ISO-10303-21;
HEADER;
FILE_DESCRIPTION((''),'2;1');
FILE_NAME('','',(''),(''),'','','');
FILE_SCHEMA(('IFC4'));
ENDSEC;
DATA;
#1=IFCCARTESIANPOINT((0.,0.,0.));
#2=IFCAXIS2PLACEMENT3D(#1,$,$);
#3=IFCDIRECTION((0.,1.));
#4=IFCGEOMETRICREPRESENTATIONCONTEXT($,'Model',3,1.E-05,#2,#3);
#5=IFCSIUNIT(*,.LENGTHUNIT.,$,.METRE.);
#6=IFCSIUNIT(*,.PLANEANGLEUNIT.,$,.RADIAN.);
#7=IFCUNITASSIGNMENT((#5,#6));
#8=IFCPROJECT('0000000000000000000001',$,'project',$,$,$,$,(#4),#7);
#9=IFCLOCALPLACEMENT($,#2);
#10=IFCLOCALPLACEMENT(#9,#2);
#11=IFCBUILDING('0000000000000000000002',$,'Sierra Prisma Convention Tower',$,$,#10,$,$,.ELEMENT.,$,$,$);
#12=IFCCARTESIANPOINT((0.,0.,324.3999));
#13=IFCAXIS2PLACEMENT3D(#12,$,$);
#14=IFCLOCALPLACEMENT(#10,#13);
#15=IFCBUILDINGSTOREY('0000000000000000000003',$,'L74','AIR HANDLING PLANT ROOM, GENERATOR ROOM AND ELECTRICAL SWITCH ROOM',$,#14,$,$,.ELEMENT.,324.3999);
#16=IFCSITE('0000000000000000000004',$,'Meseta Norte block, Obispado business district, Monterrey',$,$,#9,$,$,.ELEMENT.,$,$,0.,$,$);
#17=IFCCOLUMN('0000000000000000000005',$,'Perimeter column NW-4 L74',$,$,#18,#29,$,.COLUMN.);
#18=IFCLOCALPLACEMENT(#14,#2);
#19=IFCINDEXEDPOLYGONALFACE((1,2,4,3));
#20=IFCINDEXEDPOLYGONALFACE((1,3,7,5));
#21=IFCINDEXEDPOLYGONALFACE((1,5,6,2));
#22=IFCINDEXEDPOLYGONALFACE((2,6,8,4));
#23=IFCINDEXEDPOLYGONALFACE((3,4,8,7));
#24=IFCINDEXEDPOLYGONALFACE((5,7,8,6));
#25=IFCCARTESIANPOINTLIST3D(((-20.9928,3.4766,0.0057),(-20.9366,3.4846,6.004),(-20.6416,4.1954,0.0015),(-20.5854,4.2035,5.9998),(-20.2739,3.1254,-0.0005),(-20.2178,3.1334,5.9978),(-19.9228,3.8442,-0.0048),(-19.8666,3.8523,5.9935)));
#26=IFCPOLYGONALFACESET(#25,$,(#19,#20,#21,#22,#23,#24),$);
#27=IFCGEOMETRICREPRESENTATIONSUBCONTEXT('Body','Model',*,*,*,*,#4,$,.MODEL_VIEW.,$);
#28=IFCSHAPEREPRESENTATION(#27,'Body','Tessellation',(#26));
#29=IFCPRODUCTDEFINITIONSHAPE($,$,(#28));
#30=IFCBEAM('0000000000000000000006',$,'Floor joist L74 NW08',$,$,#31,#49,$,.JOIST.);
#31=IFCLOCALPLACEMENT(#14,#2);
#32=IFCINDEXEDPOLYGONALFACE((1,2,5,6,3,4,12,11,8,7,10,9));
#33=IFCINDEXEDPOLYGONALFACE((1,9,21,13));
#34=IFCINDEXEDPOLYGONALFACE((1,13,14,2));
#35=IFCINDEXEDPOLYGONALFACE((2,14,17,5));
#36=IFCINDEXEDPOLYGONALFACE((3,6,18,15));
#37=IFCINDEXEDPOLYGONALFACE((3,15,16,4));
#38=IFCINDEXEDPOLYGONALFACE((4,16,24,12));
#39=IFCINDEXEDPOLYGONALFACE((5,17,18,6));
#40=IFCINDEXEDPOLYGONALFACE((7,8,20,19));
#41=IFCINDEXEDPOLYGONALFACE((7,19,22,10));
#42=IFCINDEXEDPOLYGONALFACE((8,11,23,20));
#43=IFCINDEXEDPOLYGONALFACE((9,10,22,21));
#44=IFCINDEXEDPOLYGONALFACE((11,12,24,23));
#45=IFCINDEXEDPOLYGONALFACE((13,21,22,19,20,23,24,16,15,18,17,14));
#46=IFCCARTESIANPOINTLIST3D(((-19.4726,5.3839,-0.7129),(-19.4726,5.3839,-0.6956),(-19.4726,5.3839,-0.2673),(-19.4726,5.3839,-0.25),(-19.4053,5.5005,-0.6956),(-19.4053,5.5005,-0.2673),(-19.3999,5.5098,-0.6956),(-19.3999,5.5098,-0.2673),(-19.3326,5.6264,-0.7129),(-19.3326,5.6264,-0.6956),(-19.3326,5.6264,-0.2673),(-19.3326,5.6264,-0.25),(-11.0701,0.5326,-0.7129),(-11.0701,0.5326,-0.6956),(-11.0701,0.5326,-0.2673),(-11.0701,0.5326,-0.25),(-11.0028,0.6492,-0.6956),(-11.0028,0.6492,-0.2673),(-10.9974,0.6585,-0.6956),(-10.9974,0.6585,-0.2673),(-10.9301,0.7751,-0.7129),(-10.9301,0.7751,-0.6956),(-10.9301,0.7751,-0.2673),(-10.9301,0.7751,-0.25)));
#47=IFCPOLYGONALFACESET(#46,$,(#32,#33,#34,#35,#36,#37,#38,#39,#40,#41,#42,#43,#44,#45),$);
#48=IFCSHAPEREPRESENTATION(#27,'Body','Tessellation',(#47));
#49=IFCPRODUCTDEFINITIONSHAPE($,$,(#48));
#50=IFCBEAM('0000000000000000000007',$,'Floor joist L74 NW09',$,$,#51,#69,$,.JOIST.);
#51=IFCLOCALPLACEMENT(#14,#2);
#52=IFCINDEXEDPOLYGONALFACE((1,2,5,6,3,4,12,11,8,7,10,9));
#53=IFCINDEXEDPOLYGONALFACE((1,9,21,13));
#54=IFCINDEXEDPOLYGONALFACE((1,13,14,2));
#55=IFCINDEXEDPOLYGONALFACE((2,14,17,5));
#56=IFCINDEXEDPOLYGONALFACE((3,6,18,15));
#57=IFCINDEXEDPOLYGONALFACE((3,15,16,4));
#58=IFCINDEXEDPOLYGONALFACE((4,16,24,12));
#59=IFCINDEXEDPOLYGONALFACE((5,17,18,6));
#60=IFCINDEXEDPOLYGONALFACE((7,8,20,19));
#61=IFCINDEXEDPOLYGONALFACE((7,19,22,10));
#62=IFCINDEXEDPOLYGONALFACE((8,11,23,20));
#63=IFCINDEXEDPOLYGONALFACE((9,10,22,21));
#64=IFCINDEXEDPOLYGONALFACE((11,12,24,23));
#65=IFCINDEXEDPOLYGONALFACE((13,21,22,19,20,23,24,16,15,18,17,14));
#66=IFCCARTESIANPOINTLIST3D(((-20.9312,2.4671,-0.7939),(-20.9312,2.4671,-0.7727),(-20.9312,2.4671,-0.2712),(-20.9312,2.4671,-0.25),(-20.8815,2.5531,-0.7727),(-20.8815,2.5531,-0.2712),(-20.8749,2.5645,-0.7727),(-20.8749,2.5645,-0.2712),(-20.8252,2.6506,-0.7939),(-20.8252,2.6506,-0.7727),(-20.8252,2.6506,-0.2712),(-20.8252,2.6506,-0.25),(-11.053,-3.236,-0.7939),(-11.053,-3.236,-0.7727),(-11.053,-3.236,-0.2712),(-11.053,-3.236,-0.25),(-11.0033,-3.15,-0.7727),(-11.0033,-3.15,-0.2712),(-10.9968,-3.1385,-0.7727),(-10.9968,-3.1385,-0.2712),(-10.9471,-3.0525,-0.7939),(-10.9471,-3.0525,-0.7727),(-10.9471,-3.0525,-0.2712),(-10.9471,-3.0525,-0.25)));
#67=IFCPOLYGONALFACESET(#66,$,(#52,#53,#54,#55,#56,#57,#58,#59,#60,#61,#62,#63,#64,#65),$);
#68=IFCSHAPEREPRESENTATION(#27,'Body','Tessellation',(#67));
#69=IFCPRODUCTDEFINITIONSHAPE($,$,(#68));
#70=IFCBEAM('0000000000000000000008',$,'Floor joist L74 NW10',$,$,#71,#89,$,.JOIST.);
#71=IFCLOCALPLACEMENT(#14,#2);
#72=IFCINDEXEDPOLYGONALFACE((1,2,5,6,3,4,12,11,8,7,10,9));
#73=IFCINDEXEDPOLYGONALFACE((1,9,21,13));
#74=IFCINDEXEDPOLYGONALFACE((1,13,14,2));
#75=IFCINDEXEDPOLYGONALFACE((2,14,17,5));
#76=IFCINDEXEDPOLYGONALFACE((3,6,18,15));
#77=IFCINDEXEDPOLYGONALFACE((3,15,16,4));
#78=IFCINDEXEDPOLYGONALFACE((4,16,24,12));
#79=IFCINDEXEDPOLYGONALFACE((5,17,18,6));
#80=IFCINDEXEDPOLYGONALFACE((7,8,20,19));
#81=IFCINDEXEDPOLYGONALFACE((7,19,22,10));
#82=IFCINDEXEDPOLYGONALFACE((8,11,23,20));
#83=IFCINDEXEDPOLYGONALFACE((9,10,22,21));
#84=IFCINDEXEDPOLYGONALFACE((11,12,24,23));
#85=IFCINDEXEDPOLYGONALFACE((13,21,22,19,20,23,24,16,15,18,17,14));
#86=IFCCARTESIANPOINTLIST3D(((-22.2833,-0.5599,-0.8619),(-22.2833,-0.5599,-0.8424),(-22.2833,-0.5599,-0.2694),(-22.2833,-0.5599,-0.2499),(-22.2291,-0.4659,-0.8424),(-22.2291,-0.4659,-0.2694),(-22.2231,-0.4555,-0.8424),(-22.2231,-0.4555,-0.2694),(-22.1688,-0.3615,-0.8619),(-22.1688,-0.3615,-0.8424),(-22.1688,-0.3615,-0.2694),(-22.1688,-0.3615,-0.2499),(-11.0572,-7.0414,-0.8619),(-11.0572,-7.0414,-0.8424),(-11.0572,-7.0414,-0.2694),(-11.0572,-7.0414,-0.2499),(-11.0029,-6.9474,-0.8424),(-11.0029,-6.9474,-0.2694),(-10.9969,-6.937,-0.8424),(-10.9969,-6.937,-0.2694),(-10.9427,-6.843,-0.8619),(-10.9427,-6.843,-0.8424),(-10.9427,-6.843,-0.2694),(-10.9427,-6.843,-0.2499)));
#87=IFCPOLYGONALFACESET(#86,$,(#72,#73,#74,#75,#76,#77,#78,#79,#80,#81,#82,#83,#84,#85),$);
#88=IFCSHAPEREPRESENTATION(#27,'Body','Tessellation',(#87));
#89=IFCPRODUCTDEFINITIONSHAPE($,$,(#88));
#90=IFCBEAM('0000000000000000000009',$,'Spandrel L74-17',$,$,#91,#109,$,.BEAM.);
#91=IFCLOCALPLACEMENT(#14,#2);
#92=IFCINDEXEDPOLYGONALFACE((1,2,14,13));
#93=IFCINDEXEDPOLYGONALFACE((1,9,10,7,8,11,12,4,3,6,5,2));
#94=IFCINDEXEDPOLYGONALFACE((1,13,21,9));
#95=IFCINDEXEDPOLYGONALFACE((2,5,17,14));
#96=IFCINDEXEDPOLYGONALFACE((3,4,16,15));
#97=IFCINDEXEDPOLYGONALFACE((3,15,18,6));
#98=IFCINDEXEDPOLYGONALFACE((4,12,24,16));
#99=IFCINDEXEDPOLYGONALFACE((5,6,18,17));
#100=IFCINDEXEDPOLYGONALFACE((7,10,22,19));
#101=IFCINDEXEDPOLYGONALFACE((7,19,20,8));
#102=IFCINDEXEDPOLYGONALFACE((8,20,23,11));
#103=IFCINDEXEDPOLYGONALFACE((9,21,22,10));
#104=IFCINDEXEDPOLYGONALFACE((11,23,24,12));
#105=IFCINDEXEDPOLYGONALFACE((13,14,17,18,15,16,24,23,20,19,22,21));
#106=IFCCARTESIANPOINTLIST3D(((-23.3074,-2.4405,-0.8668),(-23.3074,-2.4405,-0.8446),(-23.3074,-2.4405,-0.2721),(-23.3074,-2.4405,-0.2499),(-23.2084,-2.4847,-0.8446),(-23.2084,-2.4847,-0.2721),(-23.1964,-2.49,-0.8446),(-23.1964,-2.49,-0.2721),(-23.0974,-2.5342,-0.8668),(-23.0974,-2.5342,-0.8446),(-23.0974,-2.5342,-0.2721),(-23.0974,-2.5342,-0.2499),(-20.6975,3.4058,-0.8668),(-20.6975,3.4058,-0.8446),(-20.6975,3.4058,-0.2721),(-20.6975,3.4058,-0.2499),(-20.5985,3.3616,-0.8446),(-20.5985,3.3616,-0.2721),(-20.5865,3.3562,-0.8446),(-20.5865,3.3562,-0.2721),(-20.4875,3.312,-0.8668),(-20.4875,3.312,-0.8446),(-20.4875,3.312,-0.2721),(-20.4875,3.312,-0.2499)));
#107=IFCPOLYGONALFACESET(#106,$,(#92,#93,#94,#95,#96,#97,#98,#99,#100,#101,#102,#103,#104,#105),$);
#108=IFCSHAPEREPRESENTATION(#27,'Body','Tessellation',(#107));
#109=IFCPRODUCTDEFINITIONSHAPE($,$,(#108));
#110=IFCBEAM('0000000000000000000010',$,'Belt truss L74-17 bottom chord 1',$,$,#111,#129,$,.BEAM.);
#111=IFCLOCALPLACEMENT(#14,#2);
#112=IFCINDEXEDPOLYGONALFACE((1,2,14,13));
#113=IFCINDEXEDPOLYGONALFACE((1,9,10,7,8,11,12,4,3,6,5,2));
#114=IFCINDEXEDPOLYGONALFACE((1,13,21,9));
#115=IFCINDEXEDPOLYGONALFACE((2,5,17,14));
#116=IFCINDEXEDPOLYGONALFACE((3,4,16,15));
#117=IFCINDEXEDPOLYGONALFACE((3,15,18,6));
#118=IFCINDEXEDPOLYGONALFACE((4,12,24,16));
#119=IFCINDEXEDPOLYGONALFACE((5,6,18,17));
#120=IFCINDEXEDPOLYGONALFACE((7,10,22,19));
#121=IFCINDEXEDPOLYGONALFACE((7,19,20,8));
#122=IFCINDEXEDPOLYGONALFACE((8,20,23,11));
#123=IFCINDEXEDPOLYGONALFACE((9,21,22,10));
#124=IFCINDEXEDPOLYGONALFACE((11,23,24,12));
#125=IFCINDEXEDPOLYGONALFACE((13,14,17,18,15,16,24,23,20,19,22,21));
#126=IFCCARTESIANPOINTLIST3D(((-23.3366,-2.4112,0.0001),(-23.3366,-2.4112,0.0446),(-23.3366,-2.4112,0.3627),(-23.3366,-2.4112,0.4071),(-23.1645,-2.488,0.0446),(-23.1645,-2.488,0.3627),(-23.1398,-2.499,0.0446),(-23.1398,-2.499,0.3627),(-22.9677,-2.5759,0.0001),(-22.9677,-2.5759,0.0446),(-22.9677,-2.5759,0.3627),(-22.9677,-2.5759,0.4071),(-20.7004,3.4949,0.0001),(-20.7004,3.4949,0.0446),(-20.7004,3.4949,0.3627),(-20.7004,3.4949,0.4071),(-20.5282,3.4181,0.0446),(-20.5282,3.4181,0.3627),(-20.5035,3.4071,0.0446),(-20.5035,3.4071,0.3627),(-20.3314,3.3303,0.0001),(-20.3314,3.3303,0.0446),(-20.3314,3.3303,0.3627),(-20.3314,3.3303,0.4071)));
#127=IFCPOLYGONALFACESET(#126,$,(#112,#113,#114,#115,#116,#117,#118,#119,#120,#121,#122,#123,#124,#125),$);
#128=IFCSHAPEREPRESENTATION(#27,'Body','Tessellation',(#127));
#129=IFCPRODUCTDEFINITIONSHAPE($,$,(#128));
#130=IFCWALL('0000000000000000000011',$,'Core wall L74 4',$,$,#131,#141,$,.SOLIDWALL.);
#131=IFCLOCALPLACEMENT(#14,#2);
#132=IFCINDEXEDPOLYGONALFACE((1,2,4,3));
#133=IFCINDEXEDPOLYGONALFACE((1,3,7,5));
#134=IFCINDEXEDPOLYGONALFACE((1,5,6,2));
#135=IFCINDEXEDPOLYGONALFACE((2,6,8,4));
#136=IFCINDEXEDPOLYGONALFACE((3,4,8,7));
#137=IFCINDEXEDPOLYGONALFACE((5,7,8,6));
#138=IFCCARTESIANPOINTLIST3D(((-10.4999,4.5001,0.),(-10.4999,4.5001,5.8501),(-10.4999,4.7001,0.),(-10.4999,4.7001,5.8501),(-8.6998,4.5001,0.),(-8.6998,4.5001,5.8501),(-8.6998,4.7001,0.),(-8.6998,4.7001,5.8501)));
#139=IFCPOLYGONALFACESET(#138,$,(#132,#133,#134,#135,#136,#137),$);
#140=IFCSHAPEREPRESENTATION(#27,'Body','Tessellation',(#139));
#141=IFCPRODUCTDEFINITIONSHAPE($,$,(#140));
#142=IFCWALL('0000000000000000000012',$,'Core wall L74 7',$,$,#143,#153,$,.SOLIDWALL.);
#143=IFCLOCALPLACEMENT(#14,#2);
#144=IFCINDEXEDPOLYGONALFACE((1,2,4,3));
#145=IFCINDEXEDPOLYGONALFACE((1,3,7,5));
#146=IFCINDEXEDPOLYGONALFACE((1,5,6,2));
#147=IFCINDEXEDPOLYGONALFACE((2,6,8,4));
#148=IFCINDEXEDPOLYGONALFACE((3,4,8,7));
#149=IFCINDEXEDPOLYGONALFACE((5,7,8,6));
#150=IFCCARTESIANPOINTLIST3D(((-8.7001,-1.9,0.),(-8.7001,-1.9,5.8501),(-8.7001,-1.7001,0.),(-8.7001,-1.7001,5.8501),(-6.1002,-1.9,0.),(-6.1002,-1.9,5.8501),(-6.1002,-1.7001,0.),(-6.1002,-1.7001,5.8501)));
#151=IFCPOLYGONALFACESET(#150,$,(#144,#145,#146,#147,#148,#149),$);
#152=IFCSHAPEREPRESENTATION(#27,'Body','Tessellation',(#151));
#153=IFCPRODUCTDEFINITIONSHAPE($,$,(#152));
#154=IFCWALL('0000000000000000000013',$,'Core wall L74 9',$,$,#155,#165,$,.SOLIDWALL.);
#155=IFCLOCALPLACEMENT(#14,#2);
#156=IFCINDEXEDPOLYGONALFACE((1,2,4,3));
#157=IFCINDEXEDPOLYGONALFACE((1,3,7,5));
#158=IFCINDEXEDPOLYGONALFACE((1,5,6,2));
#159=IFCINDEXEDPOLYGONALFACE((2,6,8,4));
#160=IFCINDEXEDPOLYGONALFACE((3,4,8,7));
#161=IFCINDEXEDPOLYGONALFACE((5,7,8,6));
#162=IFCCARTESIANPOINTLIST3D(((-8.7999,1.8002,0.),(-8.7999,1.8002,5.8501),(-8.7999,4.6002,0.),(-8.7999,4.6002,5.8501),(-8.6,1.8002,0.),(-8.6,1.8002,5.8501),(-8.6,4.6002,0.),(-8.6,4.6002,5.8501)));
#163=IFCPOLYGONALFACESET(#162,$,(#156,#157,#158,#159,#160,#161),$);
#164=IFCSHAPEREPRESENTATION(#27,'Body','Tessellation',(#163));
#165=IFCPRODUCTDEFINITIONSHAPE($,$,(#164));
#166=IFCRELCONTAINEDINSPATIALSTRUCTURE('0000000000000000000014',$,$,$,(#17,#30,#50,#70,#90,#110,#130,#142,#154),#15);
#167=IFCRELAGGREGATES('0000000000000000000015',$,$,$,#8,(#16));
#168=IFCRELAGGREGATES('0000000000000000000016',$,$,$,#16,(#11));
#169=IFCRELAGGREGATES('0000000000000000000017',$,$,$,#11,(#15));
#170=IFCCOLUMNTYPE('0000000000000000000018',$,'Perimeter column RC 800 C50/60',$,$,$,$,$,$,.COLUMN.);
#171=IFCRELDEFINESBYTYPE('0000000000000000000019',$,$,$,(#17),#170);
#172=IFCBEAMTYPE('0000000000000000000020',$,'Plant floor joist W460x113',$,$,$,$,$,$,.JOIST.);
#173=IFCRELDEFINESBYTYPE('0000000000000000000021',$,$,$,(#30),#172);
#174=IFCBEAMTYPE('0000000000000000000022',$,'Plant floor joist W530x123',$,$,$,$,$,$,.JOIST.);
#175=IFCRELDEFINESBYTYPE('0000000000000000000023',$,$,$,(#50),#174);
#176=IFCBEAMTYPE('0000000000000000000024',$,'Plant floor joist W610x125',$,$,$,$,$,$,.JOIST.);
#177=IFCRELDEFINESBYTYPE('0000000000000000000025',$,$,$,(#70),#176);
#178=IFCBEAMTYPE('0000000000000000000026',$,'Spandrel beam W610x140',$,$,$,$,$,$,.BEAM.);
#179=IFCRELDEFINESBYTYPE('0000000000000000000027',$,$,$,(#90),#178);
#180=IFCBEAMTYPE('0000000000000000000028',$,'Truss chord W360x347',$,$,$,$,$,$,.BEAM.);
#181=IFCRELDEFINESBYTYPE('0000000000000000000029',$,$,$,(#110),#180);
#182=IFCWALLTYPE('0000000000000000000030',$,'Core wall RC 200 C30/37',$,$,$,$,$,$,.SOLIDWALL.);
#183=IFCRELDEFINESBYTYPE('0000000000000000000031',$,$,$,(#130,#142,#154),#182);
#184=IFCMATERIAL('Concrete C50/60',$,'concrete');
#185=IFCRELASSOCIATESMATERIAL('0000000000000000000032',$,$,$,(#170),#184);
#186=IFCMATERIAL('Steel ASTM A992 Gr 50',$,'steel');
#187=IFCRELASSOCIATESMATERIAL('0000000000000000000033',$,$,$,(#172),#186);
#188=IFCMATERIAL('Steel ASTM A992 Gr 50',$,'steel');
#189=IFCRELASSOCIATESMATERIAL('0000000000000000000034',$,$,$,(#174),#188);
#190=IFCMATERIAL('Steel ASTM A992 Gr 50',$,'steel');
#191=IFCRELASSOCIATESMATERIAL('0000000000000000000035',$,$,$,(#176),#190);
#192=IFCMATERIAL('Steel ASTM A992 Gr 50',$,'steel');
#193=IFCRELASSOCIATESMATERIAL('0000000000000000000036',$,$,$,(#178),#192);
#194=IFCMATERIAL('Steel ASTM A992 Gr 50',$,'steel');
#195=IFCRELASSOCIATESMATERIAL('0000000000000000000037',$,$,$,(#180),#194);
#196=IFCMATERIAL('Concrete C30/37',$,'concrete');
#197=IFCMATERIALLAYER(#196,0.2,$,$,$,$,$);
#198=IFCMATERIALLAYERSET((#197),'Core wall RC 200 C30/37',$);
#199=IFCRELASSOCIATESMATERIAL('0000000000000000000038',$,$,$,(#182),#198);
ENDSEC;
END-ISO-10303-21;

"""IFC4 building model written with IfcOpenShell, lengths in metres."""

from ifc_helpers import new_model, si_unit, direction, frame, frame_2d, origin, origin_2d, place, context, subcontext, project, spatial, rectangle, i_section, extrude, clip, halfspace, material, layer, layer_set, material_profile, profile_set, type_object, element, save


model = new_model("IFC4")

# Units and contexts
model_context = context("Model", 3, precision=1e-05, world=origin(), true_north=direction((0.0, 1.0)))
body_context = subcontext(model_context, "Body", "Model", "MODEL_VIEW")
ifc_project = project(units=[si_unit("LENGTHUNIT", "METRE"), si_unit("PLANEANGLEUNIT", "RADIAN")], contexts=[model_context])

# Site, building, storey
site_placement = place(None, origin())
site = spatial("IfcSite", under=ifc_project, at=site_placement, Name="Meseta Norte block, Obispado business district, Monterrey", CompositionType="ELEMENT", RefElevation=0.0)
building_placement = place(site_placement, origin())
building = spatial("IfcBuilding", under=site, at=building_placement, Name="Sierra Prisma Convention Tower", CompositionType="ELEMENT")
storey_placement = place(building_placement, frame((0.0, 0.0, 324.3999)))
storey = spatial("IfcBuildingStorey", under=building, at=storey_placement, Name="L74", Description="AIR HANDLING PLANT ROOM, GENERATOR ROOM AND ELECTRICAL SWITCH ROOM", CompositionType="ELEMENT", Elevation=324.3999)

# Column
ifc_material_1 = material(Name="Concrete C50/60", Category="concrete")
ifc_material_profile_1 = material_profile(ifc_material_1, rectangle(XDim=0.8, YDim=0.8, at=origin_2d()), Name="Perimeter column RC 800 C50/60")
ifc_profile_set_1 = profile_set([ifc_material_profile_1], Name="Concrete C50/60")
column_type = type_object("IfcColumnType", Name="Perimeter column RC 800 C50/60", PredefinedType="COLUMN", material=ifc_profile_set_1)
column_placement = place(storey_placement, frame((-20.4578, 3.6604, 0.0), z_axis=(0.009358, 0.001343, 0.999955), x_axis=(0.438945, 0.898498, -0.005314)))
element("IfcColumn", 1, at=column_placement, inside=storey, type_object=column_type, Name="Perimeter column NW-4 L74", PredefinedType="COLUMN", context=body_context, shape_type="SweptSolid", body=[
    clip(clip(extrude(rectangle(XDim=0.8, YDim=0.8, at=origin_2d()), origin(), (0.0, 0.0, 1.0), 6.0002), halfspace(frame((0.0, 0.0, 0.0005)), True)), halfspace(frame((0.0, 0.0, 5.999)), False)),
])

# Beams
ifc_material_2 = material(Name="Steel ASTM A992 Gr 50", Category="steel")
ifc_material_profile_2 = material_profile(ifc_material_2, i_section(OverallWidth=0.28, OverallDepth=0.4629, WebThickness=0.0107, FlangeThickness=0.0173, at=origin_2d()), Name="W460x113")
ifc_profile_set_2 = profile_set([ifc_material_profile_2], Name="Steel ASTM A992 Gr 50")
beam_type_1 = type_object("IfcBeamType", Name="Plant floor joist W460x113", PredefinedType="JOIST", material=ifc_profile_set_2)
beam_1_placement = place(storey_placement, frame((-19.4026, 5.5051, -0.4814), z_axis=(0.866022, -0.500006, 0.0), x_axis=(0.500006, 0.866022, 0.0)))
element("IfcBeam", 2, at=beam_1_placement, inside=storey, type_object=beam_type_1, Name="Floor joist L74 NW08", PredefinedType="JOIST", context=body_context, shape_type="SweptSolid", body=[
    extrude(i_section(OverallWidth=0.28, OverallDepth=0.4629, WebThickness=0.0107, FlangeThickness=0.0173, at=origin_2d()), origin(), (0.0, 0.0, 1.0), 9.7024),
])
ifc_material_3 = material(Name="Steel ASTM A992 Gr 50", Category="steel")
ifc_material_profile_3 = material_profile(ifc_material_3, i_section(OverallWidth=0.2119, OverallDepth=0.5439, WebThickness=0.0132, FlangeThickness=0.0212, at=origin_2d()), Name="W530x123")
ifc_profile_set_3 = profile_set([ifc_material_profile_3], Name="Steel ASTM A992 Gr 50")
beam_type_2 = type_object("IfcBeamType", Name="Plant floor joist W530x123", PredefinedType="JOIST", material=ifc_profile_set_3)
beam_2_placement = place(storey_placement, frame((-20.8782, 2.5588, -0.522), z_axis=(0.866027, -0.499997, 0.0), x_axis=(0.499997, 0.866027, 0.0)))
element("IfcBeam", 3, at=beam_2_placement, inside=storey, type_object=beam_type_2, Name="Floor joist L74 NW09", PredefinedType="JOIST", context=body_context, shape_type="SweptSolid", body=[
    extrude(i_section(OverallWidth=0.2119, OverallDepth=0.5439, WebThickness=0.0132, FlangeThickness=0.0212, at=origin_2d()), origin(), (0.0, 0.0, 1.0), 11.4062),
])
ifc_material_4 = material(Name="Steel ASTM A992 Gr 50", Category="steel")
ifc_material_profile_4 = material_profile(ifc_material_4, i_section(OverallWidth=0.229, OverallDepth=0.6121, WebThickness=0.012, FlangeThickness=0.0195, at=origin_2d()), Name="W610x125")
ifc_profile_set_4 = profile_set([ifc_material_profile_4], Name="Steel ASTM A992 Gr 50")
beam_type_3 = type_object("IfcBeamType", Name="Plant floor joist W610x125", PredefinedType="JOIST", material=ifc_profile_set_4)
beam_3_placement = place(storey_placement, frame((-22.2261, -0.4607, -0.5559), z_axis=(0.866023, -0.500004, 0.0), x_axis=(0.500004, 0.866023, 0.0)))
element("IfcBeam", 4, at=beam_3_placement, inside=storey, type_object=beam_type_3, Name="Floor joist L74 NW10", PredefinedType="JOIST", context=body_context, shape_type="SweptSolid", body=[
    extrude(i_section(OverallWidth=0.229, OverallDepth=0.6121, WebThickness=0.012, FlangeThickness=0.0195, at=origin_2d()), origin(), (0.0, 0.0, 1.0), 12.9629),
])
ifc_material_5 = material(Name="Steel ASTM A992 Gr 50", Category="steel")
ifc_material_profile_5 = material_profile(ifc_material_5, i_section(OverallWidth=0.23, OverallDepth=0.6169, WebThickness=0.0132, FlangeThickness=0.0222, at=origin_2d()), Name="W610x140")
ifc_profile_set_5 = profile_set([ifc_material_profile_5], Name="Steel ASTM A992 Gr 50")
beam_type_4 = type_object("IfcBeamType", Name="Spandrel beam W610x140", PredefinedType="BEAM", material=ifc_profile_set_5)
beam_4_placement = place(storey_placement, frame((-20.5925, 3.3589, -0.5583), z_axis=(-0.407645, -0.91314, 0.0), x_axis=(0.91314, -0.407645, 0.0)))
element("IfcBeam", 5, at=beam_4_placement, inside=storey, type_object=beam_type_4, Name="Spandrel L74-17", PredefinedType="BEAM", context=body_context, shape_type="SweptSolid", body=[
    extrude(i_section(OverallWidth=0.23, OverallDepth=0.6169, WebThickness=0.0132, FlangeThickness=0.0222, at=origin_2d()), origin(), (0.0, 0.0, 1.0), 6.4023),
])
ifc_material_6 = material(Name="Steel ASTM A992 Gr 50", Category="steel")
ifc_material_profile_6 = material_profile(ifc_material_6, i_section(OverallWidth=0.4041, OverallDepth=0.407, WebThickness=0.0271, FlangeThickness=0.0444, at=origin_2d()), Name="W360x347")
ifc_profile_set_6 = profile_set([ifc_material_profile_6], Name="Steel ASTM A992 Gr 50")
beam_type_5 = type_object("IfcBeamType", Name="Truss chord W360x347", PredefinedType="BEAM", material=ifc_profile_set_6)
beam_5_placement = place(storey_placement, frame((-20.5159, 3.4126, 0.2036), z_axis=(-0.407602, -0.91316, 0.0), x_axis=(0.91316, -0.407602, 0.0)))
element("IfcBeam", 6, at=beam_5_placement, inside=storey, type_object=beam_type_5, Name="Belt truss L74-17 bottom chord 1", PredefinedType="BEAM", context=body_context, shape_type="SweptSolid", body=[
    extrude(i_section(OverallWidth=0.4041, OverallDepth=0.407, WebThickness=0.0271, FlangeThickness=0.0444, at=origin_2d()), origin(), (0.0, 0.0, 1.0), 6.4678),
])

# Shared definitions
ifc_material_7 = material(Name="Concrete C30/37", Category="concrete")
ifc_layer_1 = layer(ifc_material_7, 0.2)
ifc_layer_set_1 = layer_set([ifc_layer_1], Name="Core wall RC 200 C30/37")
wall_type_1 = type_object("IfcWallType", Name="Core wall RC 200 C30/37", PredefinedType="SOLIDWALL", material=ifc_layer_set_1)

# Walls
wall_1_placement = place(storey_placement, frame((-8.7, 4.6001, 0.0), z_axis=(0.0, 0.0, 1.0), x_axis=(-1.0, 0.0, 0.0)))
element("IfcWall", 7, at=wall_1_placement, inside=storey, type_object=wall_type_1, Name="Core wall L74 4", PredefinedType="SOLIDWALL", context=body_context, shape_type="SweptSolid", body=[
    extrude(rectangle(XDim=1.8, YDim=0.2, at=frame_2d((0.8999, 0.0))), origin(), (0.0, 0.0, 1.0), 5.8501),
])
wall_2_placement = place(storey_placement, frame((-8.7, -1.8, 0.0), z_axis=(0.0, 0.0, 1.0), x_axis=(1.0, 0.0, 0.0)))
element("IfcWall", 8, at=wall_2_placement, inside=storey, type_object=wall_type_1, Name="Core wall L74 7", PredefinedType="SOLIDWALL", context=body_context, shape_type="SweptSolid", body=[
    extrude(rectangle(XDim=2.5999, YDim=0.2, at=frame_2d((1.2998, 0.0))), origin(), (0.0, 0.0, 1.0), 5.8501),
])

# Wall
wall_3_placement = place(storey_placement, frame((-8.7, 4.6001, 0.0), z_axis=(0.0, 0.0, 1.0), x_axis=(0.0, -1.0, 0.0)))
element("IfcWall", 9, at=wall_3_placement, inside=storey, type_object=wall_type_1, Name="Core wall L74 9", PredefinedType="SOLIDWALL", context=body_context, shape_type="SweptSolid", body=[
    extrude(rectangle(XDim=2.8, YDim=0.2, at=frame_2d((1.3999, 0.0))), origin(), (0.0, 0.0, 1.0), 5.8501),
])

save(model, "model.ifc")
